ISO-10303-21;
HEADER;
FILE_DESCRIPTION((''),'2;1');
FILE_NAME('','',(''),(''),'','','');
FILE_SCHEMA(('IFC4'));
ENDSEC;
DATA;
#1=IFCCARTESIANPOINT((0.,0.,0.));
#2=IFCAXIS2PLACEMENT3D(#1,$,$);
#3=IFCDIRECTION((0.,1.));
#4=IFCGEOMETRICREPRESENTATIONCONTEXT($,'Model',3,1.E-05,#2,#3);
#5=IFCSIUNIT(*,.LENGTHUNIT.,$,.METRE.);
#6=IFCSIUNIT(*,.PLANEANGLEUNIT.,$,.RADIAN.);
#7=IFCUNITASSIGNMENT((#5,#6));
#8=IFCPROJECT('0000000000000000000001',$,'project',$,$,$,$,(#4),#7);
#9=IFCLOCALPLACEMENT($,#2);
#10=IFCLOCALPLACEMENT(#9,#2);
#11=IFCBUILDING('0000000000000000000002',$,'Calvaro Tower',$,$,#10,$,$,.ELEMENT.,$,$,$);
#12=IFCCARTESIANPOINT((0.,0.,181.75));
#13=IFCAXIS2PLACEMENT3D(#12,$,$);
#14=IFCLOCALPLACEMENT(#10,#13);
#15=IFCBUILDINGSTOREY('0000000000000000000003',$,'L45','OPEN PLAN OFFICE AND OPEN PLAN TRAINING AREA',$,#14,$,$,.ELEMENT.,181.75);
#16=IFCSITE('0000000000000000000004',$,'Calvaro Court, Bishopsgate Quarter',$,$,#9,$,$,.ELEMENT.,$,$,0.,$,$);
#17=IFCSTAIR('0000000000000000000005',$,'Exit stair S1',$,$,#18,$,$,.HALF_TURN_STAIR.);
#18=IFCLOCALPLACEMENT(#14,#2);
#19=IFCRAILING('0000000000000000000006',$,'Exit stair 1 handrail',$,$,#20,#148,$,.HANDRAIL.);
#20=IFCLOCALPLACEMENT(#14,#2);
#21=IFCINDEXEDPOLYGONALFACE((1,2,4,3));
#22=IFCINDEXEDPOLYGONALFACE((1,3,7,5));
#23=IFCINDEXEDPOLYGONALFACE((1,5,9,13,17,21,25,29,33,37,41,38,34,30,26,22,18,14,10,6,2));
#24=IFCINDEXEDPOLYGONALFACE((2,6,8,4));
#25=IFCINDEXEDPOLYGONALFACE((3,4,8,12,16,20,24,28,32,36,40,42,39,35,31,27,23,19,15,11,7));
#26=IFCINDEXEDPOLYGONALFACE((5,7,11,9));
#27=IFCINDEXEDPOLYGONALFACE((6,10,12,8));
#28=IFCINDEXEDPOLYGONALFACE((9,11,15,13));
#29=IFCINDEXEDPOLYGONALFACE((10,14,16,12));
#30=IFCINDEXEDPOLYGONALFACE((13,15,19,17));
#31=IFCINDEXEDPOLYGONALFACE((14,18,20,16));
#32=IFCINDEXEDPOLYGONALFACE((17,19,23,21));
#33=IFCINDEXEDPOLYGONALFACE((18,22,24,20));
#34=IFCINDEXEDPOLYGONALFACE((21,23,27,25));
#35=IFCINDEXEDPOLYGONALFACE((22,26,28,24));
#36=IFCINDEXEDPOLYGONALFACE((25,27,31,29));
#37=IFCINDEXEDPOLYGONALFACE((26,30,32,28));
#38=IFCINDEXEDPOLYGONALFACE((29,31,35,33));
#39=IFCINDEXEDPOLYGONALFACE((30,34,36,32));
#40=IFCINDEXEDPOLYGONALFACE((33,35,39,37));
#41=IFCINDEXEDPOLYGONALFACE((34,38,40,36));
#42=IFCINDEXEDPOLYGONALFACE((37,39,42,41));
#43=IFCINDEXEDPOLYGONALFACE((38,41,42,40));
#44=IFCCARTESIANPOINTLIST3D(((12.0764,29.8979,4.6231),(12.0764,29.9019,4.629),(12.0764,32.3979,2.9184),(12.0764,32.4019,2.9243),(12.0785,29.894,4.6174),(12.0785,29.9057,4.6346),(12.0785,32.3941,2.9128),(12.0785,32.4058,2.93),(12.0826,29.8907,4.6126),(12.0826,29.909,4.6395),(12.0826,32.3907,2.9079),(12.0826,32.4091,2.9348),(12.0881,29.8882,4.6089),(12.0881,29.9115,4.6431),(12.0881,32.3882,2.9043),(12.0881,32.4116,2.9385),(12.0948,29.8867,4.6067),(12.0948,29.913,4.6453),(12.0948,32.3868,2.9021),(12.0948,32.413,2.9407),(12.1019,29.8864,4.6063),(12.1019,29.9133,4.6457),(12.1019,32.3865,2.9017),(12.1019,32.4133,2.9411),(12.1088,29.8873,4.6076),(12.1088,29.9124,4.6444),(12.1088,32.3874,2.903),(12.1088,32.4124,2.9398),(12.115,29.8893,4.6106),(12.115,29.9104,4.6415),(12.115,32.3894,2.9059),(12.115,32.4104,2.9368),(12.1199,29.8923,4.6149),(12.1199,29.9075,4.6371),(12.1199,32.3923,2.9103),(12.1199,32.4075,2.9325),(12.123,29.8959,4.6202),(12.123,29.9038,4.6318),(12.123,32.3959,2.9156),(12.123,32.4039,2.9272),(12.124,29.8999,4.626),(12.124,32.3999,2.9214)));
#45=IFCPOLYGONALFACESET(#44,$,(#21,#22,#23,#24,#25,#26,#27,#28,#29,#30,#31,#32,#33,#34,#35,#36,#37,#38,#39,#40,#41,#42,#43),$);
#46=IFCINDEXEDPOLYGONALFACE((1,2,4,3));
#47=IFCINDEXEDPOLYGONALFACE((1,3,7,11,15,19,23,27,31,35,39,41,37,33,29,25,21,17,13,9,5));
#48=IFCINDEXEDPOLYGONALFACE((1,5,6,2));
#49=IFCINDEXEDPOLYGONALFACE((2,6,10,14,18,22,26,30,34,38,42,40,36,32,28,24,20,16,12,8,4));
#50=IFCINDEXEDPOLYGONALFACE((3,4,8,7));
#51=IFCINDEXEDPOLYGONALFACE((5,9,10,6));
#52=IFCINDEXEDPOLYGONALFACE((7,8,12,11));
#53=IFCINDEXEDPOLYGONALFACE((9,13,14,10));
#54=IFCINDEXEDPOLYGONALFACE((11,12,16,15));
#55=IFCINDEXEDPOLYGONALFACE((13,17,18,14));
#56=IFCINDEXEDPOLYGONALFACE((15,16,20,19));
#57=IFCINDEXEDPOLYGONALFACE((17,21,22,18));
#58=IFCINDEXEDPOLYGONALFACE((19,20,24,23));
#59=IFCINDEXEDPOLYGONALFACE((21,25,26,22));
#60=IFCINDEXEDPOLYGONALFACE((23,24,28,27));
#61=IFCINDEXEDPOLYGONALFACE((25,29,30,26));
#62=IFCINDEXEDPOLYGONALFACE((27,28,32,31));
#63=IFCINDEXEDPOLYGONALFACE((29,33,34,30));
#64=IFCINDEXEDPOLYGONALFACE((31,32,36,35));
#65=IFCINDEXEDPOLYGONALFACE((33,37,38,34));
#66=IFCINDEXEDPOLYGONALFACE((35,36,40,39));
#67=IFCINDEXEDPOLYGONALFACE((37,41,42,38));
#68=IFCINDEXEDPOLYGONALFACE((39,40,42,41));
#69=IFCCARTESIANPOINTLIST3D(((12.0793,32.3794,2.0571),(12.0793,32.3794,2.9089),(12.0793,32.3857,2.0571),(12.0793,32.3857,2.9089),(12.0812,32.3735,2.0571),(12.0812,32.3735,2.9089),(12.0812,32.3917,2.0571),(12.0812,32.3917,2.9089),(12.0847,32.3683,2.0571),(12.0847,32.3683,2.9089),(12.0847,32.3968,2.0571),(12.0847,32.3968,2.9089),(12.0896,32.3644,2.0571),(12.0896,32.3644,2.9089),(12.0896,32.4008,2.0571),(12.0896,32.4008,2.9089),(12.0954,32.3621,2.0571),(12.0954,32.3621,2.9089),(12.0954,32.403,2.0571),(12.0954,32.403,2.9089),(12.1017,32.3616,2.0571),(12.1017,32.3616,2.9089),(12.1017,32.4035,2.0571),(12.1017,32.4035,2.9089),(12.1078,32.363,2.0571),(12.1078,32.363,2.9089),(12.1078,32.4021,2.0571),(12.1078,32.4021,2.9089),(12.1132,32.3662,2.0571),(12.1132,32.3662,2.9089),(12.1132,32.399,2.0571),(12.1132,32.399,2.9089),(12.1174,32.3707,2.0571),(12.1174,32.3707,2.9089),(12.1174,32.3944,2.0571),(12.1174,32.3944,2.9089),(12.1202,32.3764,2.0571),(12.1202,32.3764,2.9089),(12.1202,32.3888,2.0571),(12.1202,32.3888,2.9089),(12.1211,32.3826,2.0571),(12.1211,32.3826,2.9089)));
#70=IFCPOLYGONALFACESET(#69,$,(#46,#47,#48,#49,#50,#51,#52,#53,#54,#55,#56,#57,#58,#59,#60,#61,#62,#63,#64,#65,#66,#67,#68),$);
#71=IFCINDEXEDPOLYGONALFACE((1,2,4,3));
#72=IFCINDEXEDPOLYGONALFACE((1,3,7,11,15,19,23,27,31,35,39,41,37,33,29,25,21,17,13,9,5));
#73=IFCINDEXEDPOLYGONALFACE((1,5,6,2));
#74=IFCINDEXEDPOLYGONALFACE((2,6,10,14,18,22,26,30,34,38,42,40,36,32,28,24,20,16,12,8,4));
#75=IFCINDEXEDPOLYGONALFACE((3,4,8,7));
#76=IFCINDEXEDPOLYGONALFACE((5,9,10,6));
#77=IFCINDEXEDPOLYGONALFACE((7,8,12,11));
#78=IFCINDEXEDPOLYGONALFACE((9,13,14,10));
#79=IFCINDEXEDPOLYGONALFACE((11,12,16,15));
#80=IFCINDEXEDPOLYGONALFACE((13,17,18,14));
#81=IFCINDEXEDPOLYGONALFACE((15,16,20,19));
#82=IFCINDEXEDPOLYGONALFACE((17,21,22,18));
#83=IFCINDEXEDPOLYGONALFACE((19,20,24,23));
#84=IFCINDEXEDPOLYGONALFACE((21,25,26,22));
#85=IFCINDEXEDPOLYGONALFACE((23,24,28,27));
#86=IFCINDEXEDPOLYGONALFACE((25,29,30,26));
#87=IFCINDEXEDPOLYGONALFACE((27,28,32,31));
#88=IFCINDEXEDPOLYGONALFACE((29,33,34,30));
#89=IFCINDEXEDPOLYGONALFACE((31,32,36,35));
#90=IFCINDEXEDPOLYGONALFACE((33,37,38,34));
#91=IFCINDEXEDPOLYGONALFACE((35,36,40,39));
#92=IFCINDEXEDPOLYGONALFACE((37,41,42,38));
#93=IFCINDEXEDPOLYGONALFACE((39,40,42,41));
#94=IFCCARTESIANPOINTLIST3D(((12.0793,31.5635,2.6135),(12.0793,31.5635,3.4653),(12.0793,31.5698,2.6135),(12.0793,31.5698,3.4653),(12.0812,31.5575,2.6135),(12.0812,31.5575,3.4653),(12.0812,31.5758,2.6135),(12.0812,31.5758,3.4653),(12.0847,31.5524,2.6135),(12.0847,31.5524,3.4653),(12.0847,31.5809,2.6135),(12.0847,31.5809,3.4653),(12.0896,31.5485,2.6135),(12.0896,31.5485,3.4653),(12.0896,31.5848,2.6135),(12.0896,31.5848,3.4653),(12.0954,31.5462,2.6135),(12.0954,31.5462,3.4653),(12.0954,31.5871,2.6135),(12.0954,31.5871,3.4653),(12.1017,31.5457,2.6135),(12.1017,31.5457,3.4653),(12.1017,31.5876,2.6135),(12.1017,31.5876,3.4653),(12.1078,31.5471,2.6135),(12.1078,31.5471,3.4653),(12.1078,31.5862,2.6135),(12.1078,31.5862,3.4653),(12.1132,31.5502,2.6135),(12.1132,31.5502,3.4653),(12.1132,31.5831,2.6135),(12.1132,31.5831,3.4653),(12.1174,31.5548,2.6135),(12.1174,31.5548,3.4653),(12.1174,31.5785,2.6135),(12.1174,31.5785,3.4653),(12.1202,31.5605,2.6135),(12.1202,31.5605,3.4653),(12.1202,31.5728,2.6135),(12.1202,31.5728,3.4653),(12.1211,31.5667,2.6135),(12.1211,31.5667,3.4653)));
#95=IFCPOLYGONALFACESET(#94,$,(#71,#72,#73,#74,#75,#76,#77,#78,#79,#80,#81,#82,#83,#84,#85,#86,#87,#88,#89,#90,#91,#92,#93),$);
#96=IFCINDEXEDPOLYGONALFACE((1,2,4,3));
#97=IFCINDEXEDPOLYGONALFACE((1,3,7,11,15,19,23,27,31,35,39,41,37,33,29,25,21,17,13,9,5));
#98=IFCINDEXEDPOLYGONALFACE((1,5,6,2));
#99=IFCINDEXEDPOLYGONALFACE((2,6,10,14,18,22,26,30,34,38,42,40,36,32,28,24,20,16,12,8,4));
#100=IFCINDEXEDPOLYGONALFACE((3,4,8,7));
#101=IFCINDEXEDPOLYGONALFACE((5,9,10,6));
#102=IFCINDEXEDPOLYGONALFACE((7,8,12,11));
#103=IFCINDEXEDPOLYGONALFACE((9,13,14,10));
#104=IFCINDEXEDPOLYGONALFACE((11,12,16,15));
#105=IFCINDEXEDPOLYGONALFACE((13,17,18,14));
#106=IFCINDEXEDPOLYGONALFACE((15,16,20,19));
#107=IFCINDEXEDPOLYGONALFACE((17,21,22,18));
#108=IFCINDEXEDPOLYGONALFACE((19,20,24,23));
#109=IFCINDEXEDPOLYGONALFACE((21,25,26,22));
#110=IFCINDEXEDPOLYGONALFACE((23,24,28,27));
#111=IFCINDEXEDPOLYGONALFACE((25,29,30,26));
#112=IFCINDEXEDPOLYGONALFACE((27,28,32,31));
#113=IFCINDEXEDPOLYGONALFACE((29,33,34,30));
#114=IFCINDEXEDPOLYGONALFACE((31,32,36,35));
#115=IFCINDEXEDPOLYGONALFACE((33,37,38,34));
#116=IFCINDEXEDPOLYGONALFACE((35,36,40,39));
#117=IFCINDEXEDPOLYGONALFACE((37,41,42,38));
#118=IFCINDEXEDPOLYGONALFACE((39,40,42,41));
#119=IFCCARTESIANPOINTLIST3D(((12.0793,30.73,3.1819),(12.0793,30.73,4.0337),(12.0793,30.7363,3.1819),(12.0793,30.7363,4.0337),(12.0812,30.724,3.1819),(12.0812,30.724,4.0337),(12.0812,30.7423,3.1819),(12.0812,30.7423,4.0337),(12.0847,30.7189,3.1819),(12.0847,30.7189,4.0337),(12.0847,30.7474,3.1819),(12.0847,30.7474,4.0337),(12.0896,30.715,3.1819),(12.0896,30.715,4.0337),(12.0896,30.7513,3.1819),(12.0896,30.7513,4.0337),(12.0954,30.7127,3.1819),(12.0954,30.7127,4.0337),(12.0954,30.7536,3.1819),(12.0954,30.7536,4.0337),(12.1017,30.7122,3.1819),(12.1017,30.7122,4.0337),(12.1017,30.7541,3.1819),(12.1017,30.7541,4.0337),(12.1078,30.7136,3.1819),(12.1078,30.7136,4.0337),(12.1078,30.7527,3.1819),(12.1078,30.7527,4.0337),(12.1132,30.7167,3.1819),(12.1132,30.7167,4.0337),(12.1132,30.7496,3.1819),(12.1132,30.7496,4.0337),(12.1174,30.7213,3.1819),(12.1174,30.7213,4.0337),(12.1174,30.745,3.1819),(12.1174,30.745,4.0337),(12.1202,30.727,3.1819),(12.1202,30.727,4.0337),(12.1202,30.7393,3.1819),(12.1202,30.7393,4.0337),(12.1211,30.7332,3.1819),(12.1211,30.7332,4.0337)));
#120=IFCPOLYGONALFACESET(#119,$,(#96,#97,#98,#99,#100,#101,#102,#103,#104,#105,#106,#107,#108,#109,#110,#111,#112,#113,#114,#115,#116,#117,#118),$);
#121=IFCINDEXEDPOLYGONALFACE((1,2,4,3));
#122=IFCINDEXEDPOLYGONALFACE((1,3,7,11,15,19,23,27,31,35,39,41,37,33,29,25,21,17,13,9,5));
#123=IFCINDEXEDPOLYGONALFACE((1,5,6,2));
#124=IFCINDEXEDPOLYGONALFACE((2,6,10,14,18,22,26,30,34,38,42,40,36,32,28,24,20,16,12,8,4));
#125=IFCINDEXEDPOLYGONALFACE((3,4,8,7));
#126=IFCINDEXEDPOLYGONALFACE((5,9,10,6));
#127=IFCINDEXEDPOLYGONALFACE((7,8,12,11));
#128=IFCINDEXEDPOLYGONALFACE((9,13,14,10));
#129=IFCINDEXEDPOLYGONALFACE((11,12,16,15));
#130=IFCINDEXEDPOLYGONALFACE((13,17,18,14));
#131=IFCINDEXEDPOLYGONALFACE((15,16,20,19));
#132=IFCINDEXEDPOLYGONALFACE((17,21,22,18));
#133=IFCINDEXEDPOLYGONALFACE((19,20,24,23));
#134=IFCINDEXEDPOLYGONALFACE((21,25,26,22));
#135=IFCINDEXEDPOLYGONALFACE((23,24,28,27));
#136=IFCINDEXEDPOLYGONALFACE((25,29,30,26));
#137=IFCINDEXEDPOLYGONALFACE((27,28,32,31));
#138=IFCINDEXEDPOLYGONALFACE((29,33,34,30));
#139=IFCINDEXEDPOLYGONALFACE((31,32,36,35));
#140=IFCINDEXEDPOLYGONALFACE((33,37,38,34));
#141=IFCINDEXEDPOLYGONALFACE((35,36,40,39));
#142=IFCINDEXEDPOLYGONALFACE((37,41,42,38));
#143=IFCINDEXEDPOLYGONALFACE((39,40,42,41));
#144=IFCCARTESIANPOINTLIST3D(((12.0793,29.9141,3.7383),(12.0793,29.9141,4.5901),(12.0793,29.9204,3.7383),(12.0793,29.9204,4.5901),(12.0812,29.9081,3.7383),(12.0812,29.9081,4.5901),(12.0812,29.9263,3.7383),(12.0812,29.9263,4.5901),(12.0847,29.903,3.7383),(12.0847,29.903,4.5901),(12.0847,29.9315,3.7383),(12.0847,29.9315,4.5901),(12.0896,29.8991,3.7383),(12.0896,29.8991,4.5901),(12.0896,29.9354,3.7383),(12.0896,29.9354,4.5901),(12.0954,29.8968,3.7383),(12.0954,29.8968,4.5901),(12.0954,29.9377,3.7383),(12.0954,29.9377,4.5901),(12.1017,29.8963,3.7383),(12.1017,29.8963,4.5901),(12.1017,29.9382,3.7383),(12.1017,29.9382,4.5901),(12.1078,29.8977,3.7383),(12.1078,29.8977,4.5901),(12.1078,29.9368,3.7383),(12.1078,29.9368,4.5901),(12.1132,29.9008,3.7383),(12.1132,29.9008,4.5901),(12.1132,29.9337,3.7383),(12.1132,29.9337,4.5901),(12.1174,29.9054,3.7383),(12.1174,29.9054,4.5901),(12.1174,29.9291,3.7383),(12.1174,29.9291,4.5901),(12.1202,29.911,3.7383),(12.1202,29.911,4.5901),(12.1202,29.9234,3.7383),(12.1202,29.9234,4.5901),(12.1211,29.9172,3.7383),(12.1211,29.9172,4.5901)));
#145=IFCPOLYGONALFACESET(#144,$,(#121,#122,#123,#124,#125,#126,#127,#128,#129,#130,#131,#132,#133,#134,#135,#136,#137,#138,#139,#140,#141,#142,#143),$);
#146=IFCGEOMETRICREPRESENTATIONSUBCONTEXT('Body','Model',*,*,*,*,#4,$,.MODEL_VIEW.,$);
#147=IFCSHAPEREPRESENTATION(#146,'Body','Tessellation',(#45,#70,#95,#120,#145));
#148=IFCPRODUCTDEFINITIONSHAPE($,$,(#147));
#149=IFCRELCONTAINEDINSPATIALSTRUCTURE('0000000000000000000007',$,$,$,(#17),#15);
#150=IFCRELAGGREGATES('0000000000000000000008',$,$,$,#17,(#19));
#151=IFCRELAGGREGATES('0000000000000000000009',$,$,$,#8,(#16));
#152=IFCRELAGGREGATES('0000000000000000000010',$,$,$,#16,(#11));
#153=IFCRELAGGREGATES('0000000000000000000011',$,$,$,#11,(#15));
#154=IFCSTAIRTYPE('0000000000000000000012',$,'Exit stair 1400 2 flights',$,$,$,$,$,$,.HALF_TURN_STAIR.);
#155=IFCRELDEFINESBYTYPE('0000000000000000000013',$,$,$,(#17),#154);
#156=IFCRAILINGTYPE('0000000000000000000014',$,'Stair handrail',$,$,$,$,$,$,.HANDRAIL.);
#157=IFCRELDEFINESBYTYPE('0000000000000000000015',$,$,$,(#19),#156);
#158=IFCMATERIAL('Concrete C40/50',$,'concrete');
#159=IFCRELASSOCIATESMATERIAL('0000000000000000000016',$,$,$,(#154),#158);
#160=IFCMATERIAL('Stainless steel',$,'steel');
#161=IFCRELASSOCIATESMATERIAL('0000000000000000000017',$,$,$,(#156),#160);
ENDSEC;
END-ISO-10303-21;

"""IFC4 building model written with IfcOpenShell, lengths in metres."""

from ifc_helpers import new_model, si_unit, direction, frame, origin, origin_2d, place, context, subcontext, project, spatial, circle, extrude, material, type_object, element, aggregate, save


model = new_model("IFC4")

# Units and contexts
model_context = context("Model", 3, precision=1e-05, world=origin(), true_north=direction((0.0, 1.0)))
body_context = subcontext(model_context, "Body", "Model", "MODEL_VIEW")
ifc_project = project(units=[si_unit("LENGTHUNIT", "METRE"), si_unit("PLANEANGLEUNIT", "RADIAN")], contexts=[model_context])

# Site, building, storey
site_placement = place(None, origin())
site = spatial("IfcSite", under=ifc_project, at=site_placement, Name="Calvaro Court, Bishopsgate Quarter", CompositionType="ELEMENT", RefElevation=0.0)
building_placement = place(site_placement, origin())
building = spatial("IfcBuilding", under=site, at=building_placement, Name="Calvaro Tower", CompositionType="ELEMENT")
storey_placement = place(building_placement, frame((0.0, 0.0, 181.75)))
storey = spatial("IfcBuildingStorey", under=building, at=storey_placement, Name="L45", Description="OPEN PLAN OFFICE AND OPEN PLAN TRAINING AREA", CompositionType="ELEMENT", Elevation=181.75)

# Stair, railing
ifc_material_1 = material(Name="Concrete C40/50", Category="concrete")
stair_type = type_object("IfcStairType", Name="Exit stair 1400 2 flights", PredefinedType="HALF_TURN_STAIR", material=ifc_material_1)
stair_placement = place(storey_placement, origin())
stair = element("IfcStair", 1, at=stair_placement, inside=storey, type_object=stair_type, Name="Exit stair S1", PredefinedType="HALF_TURN_STAIR")
ifc_material_2 = material(Name="Stainless steel", Category="steel")
railing_type = type_object("IfcRailingType", Name="Stair handrail", PredefinedType="HANDRAIL", material=ifc_material_2)
railing_placement = place(storey_placement, frame((12.1001, 32.3999, 2.0454)))
railing = element("IfcRailing", 2, at=railing_placement, type_object=railing_type, Name="Exit stair 1 handrail", PredefinedType="HANDRAIL", context=body_context, shape_type="SweptSolid", body=[
    extrude(circle(Radius=0.0239, at=origin_2d()), frame((0.0, 0.0, 0.876), z_axis=(0.0, -0.826221, 0.563347), x_axis=(1.0, 0.0, 0.0)), (0.0, 0.0, 1.0), 3.0259),
    extrude(circle(Radius=0.021, at=origin_2d()), frame((0.0, -0.0173, 0.0117)), (0.0, 0.0, 1.0), 0.8518),
    extrude(circle(Radius=0.021, at=origin_2d()), frame((0.0, -0.8333, 0.5681)), (0.0, 0.0, 1.0), 0.8518),
    extrude(circle(Radius=0.021, at=origin_2d()), frame((0.0, -1.6667, 1.1365)), (0.0, 0.0, 1.0), 0.8518),
    extrude(circle(Radius=0.021, at=origin_2d()), frame((0.0, -2.4827, 1.6929)), (0.0, 0.0, 1.0), 0.8518),
])
aggregate(stair, [railing])

save(model, "model.ifc")
